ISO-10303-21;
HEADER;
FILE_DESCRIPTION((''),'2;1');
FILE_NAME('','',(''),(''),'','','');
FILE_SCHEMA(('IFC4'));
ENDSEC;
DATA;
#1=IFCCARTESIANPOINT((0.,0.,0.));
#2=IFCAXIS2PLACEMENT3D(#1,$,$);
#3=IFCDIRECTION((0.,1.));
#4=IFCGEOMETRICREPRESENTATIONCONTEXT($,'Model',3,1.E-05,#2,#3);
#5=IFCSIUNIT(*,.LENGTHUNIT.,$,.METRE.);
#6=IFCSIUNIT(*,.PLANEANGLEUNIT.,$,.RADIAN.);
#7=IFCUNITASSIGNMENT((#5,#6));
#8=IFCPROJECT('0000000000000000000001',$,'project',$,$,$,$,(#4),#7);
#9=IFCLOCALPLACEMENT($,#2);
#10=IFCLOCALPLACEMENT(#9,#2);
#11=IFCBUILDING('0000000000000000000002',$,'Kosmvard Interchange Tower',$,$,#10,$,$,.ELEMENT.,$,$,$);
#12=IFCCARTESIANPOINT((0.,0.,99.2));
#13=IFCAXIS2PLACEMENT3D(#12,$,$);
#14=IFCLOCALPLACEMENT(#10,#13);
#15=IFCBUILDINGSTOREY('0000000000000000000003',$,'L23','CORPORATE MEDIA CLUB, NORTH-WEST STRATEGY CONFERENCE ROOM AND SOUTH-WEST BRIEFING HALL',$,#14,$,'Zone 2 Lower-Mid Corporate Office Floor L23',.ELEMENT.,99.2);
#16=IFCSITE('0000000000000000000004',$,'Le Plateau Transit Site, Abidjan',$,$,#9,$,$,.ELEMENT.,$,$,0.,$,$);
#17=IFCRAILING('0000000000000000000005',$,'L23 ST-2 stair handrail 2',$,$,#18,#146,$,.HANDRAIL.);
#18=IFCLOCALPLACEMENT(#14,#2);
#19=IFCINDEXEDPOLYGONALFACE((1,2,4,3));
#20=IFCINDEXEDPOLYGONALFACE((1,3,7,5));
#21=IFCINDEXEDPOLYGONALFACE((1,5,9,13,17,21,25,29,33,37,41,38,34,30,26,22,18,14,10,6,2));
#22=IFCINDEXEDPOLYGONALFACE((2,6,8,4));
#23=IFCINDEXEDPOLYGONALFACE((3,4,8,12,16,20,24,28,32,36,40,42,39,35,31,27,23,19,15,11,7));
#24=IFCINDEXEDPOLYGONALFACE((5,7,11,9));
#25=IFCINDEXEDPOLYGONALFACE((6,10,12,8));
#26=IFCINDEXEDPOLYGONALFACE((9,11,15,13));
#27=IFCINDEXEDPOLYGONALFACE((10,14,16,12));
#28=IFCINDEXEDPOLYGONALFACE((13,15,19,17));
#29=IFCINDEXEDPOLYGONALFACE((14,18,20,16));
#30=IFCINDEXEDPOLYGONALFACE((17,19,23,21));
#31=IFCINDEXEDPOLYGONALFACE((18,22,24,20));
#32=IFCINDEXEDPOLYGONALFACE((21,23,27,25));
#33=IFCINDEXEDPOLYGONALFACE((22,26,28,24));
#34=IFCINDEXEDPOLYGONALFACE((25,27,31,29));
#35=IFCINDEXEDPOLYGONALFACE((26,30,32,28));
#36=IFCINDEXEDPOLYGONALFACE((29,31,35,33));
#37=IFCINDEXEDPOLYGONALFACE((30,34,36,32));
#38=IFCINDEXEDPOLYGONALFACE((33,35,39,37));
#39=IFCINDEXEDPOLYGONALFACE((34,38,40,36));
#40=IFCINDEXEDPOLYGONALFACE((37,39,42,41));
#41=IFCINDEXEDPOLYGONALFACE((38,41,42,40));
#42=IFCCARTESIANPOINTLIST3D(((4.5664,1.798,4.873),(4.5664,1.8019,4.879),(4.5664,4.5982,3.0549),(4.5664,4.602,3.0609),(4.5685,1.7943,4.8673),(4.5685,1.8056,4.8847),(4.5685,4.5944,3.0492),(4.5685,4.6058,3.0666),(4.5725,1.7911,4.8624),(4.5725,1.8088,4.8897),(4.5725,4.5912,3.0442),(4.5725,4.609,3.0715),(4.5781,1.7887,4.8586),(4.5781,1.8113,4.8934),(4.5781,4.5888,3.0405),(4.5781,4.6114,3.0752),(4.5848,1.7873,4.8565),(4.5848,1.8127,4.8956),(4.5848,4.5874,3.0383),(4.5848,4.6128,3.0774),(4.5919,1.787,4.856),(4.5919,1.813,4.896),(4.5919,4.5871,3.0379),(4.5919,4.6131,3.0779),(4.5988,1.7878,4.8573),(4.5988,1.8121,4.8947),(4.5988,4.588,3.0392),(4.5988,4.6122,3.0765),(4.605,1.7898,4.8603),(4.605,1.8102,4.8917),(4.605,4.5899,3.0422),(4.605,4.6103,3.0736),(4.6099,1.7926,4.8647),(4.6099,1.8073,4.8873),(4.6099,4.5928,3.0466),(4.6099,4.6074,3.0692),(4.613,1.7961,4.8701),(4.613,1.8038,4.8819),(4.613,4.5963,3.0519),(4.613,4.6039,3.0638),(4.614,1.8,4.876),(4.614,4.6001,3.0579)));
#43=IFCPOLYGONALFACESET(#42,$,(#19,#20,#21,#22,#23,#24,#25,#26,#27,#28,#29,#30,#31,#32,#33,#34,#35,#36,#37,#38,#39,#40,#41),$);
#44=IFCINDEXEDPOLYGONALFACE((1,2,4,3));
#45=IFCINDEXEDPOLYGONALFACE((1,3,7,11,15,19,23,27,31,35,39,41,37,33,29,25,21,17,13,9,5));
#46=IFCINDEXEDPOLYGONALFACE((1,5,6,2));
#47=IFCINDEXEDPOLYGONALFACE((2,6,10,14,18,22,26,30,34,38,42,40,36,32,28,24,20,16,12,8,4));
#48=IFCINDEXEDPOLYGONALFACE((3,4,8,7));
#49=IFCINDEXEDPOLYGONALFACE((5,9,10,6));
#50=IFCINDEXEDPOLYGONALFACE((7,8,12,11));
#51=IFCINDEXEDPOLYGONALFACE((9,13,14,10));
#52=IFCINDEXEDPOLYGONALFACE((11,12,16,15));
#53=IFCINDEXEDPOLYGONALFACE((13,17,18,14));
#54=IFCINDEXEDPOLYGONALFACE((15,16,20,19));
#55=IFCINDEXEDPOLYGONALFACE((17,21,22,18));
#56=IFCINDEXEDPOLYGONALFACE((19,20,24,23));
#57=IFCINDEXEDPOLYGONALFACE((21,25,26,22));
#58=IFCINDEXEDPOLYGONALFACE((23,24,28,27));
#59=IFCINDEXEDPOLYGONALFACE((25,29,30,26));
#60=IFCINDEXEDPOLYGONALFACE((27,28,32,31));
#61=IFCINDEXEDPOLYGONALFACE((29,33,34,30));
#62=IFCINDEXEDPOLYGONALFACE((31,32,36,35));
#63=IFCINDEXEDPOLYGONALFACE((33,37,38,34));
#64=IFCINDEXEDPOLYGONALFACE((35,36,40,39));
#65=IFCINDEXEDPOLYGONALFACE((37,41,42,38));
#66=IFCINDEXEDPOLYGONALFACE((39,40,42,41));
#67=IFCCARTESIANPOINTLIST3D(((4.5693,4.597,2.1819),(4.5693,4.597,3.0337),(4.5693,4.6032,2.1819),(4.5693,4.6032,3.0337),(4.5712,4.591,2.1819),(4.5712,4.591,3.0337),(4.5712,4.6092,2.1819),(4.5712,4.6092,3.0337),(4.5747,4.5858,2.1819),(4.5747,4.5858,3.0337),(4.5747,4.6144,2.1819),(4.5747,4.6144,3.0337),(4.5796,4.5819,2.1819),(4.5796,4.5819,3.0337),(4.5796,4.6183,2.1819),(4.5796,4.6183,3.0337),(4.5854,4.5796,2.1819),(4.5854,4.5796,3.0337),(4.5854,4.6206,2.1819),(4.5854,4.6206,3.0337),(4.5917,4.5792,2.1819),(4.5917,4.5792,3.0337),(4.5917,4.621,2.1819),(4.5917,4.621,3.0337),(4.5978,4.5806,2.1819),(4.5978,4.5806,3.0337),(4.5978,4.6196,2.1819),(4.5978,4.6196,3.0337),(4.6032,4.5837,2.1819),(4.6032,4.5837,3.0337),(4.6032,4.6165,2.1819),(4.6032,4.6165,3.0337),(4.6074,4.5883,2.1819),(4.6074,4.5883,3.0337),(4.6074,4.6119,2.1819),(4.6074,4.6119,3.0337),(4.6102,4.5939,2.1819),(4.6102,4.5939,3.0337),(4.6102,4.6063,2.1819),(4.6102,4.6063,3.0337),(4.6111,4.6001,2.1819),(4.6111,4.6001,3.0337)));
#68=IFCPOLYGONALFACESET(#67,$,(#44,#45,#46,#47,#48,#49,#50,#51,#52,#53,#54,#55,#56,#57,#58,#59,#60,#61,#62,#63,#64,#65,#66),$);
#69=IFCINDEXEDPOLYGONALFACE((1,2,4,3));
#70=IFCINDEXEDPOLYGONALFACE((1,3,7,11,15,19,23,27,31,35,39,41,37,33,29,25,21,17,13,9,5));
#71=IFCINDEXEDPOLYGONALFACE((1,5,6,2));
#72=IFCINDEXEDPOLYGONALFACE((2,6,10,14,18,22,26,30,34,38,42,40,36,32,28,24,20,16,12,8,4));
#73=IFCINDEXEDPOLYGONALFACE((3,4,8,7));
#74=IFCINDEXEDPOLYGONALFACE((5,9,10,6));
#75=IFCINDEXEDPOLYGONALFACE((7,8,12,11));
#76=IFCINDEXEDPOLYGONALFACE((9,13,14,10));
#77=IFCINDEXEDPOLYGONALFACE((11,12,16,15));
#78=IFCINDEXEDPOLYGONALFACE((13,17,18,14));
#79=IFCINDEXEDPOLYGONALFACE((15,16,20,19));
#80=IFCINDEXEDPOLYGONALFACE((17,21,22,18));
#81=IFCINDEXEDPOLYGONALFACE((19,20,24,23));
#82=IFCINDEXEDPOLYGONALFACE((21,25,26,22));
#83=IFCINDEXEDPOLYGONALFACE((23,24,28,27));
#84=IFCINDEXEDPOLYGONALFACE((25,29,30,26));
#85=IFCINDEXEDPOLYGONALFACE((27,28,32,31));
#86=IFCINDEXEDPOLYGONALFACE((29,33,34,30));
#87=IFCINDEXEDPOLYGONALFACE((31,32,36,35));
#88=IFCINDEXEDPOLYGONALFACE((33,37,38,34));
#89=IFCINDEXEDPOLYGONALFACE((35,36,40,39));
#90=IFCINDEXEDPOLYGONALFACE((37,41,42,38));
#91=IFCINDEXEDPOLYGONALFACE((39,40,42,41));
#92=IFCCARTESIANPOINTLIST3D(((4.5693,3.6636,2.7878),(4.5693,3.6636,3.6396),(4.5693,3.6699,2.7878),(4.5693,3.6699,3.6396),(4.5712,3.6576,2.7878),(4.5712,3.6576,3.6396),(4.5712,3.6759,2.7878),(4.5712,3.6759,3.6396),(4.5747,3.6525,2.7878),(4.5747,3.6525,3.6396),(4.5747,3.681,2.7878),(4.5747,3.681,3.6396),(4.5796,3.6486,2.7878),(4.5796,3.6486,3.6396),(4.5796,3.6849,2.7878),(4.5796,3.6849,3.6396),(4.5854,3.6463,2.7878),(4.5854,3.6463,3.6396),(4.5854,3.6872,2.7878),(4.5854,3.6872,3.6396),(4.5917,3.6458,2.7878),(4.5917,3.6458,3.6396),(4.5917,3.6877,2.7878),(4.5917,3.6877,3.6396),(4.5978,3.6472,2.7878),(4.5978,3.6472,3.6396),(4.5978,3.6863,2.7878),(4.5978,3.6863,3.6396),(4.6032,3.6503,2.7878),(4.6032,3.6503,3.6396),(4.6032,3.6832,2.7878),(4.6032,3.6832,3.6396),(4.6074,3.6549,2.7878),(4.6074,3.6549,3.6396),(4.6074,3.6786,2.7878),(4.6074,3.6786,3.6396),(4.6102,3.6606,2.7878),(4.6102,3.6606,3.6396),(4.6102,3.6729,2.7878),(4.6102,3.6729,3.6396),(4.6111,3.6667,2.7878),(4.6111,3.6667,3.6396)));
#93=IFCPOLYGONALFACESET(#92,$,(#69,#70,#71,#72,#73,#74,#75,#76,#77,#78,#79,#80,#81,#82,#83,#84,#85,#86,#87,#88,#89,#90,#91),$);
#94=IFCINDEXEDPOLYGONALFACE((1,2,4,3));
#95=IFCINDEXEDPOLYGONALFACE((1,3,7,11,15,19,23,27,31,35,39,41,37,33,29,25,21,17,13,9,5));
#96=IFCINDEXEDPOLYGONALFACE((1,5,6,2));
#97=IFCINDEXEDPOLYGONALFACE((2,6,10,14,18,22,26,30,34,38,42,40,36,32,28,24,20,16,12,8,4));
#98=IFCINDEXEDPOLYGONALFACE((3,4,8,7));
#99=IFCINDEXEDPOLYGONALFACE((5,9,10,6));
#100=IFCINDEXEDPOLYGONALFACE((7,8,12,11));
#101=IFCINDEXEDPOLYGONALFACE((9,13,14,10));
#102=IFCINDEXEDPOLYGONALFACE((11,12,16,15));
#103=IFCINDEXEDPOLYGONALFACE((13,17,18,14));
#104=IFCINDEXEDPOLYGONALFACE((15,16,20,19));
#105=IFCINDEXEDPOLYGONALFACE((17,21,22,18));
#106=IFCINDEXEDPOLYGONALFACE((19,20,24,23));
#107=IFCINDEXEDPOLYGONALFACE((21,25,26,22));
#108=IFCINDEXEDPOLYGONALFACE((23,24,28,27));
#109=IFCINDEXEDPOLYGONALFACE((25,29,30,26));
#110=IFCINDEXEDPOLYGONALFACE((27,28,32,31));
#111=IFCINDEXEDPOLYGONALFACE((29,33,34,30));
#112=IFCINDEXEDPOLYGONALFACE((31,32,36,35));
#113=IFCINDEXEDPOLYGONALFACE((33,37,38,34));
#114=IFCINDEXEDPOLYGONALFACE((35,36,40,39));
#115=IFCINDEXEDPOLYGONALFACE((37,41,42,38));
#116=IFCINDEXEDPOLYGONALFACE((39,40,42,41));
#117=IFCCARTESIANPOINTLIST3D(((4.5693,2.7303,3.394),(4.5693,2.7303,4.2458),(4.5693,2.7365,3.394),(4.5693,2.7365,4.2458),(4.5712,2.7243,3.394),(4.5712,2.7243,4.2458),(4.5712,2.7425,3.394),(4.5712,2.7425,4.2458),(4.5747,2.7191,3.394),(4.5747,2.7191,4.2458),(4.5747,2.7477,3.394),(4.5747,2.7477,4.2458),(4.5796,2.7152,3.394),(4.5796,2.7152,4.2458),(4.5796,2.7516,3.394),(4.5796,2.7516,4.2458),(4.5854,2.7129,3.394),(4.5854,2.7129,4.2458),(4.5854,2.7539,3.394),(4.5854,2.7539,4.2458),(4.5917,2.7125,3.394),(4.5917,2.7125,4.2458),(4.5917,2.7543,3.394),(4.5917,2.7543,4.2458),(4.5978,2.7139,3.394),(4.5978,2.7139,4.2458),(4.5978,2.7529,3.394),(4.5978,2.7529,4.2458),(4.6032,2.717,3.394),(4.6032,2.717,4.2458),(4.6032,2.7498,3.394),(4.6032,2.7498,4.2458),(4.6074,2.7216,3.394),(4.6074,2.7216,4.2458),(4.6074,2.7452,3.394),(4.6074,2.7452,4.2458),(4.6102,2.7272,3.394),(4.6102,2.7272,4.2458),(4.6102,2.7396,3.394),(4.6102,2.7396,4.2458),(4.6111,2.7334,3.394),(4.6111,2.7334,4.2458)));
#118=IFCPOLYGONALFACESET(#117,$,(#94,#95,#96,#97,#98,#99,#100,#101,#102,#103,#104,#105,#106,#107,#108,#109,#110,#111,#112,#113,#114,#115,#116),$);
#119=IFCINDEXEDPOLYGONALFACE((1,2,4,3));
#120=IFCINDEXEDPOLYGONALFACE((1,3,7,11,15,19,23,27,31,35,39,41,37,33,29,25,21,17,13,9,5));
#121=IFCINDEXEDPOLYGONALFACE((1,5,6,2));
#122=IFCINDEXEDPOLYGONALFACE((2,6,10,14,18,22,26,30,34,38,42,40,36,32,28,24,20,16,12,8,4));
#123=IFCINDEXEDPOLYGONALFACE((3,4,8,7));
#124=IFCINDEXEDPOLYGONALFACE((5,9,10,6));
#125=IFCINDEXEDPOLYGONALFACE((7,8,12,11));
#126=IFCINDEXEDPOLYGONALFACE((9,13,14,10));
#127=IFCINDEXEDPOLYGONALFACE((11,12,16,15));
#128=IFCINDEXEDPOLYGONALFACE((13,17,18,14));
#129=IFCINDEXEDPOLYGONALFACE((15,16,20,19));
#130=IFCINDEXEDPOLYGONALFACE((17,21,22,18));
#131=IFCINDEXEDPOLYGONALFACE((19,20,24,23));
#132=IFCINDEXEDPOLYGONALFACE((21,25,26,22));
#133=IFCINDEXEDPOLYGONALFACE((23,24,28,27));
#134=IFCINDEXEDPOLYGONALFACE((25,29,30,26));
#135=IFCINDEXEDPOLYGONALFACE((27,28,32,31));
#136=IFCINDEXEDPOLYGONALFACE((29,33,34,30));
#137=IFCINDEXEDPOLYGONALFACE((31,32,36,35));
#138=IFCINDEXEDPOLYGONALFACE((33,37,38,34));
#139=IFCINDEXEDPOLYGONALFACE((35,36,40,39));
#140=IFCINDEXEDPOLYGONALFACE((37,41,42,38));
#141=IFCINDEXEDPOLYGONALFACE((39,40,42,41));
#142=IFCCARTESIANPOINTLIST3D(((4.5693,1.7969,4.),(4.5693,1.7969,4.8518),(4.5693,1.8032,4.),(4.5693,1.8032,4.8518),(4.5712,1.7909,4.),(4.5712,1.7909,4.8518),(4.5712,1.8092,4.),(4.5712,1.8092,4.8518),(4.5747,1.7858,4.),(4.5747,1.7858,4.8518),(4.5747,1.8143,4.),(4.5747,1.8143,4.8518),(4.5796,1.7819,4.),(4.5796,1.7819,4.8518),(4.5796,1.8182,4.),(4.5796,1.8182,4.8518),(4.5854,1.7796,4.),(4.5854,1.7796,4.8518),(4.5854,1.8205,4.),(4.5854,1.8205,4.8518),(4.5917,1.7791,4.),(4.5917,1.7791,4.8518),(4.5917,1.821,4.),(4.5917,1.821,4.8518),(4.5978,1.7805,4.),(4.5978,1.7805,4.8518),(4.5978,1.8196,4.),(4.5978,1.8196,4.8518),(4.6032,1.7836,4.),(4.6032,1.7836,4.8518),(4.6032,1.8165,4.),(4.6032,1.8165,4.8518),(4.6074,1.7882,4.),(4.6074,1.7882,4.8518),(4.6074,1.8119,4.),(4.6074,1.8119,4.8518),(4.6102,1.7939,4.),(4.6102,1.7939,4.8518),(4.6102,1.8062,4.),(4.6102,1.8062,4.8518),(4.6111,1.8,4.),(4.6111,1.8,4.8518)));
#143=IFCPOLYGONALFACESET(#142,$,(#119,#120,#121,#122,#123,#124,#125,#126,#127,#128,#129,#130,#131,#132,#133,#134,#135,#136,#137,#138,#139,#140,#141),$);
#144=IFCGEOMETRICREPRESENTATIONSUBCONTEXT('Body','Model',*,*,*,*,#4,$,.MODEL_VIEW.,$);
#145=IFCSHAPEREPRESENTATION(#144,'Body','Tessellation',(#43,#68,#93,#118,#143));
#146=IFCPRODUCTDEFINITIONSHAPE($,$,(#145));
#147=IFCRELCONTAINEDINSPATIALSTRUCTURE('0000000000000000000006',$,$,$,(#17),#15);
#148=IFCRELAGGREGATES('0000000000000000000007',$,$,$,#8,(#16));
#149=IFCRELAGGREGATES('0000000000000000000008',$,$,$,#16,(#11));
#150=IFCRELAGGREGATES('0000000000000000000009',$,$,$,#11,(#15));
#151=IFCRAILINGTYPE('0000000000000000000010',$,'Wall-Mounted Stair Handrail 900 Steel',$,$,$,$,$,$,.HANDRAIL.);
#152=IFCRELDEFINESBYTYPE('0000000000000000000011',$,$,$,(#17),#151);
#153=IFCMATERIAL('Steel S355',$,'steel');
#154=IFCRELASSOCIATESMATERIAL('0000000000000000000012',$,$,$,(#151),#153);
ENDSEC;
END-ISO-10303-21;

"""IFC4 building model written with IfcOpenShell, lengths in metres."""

from ifc_helpers import new_model, si_unit, direction, frame, origin, origin_2d, place, context, subcontext, project, spatial, circle, extrude, source, transform, mapped, material, type_object, element, save


model = new_model("IFC4")

# Units and contexts
model_context = context("Model", 3, precision=1e-05, world=origin(), true_north=direction((0.0, 1.0)))
body_context = subcontext(model_context, "Body", "Model", "MODEL_VIEW")
ifc_project = project(units=[si_unit("LENGTHUNIT", "METRE"), si_unit("PLANEANGLEUNIT", "RADIAN")], contexts=[model_context])

# Site, building, storey
site_placement = place(None, origin())
site = spatial("IfcSite", under=ifc_project, at=site_placement, Name="Le Plateau Transit Site, Abidjan", CompositionType="ELEMENT", RefElevation=0.0)
building_placement = place(site_placement, origin())
building = spatial("IfcBuilding", under=site, at=building_placement, Name="Kosmvard Interchange Tower", CompositionType="ELEMENT")
storey_placement = place(building_placement, frame((0.0, 0.0, 99.2)))
storey = spatial("IfcBuildingStorey", under=building, at=storey_placement, Name="L23", Description="CORPORATE MEDIA CLUB, NORTH-WEST STRATEGY CONFERENCE ROOM AND SOUTH-WEST BRIEFING HALL", LongName="Zone 2 Lower-Mid Corporate Office Floor L23", CompositionType="ELEMENT", Elevation=99.2)

# Railing
ifc_material_1 = material(Name="Steel S355", Category="steel")
railing_type_1 = type_object("IfcRailingType", Name="Wall-Mounted Stair Handrail 900 Steel", PredefinedType="HANDRAIL", material=ifc_material_1)
shared_shape_1 = source(origin(), body_context, "Body", "SweptSolid", [
    extrude(circle(Radius=0.0239, at=origin_2d()), frame((0.0, 0.0, 0.876), z_axis=(0.0, -0.838706, 0.544585), x_axis=(1.0, 0.0, 0.0)), (0.0, 0.0, 1.0), 3.3386),
    extrude(circle(Radius=0.021, at=origin_2d()), origin(), (0.0, 0.0, 1.0), 0.8518),
    extrude(circle(Radius=0.021, at=origin_2d()), frame((0.0, -0.9333, 0.606)), (0.0, 0.0, 1.0), 0.8518),
    extrude(circle(Radius=0.021, at=origin_2d()), frame((0.0, -1.8667, 1.2122)), (0.0, 0.0, 1.0), 0.8518),
    extrude(circle(Radius=0.021, at=origin_2d()), frame((0.0, -2.8, 1.8181)), (0.0, 0.0, 1.0), 0.8518),
])
railing_1_placement = place(storey_placement, frame((4.5901, 4.6001, 2.1819)))
element("IfcRailing", 1, at=railing_1_placement, inside=storey, type_object=railing_type_1, Name="L23 ST-2 stair handrail 2", PredefinedType="HANDRAIL", context=body_context, shape_type="MappedRepresentation", body=[
    mapped(shared_shape_1, transform((0.0, 0.0, 0.0), scale=1.0)),
])

save(model, "model.ifc")
